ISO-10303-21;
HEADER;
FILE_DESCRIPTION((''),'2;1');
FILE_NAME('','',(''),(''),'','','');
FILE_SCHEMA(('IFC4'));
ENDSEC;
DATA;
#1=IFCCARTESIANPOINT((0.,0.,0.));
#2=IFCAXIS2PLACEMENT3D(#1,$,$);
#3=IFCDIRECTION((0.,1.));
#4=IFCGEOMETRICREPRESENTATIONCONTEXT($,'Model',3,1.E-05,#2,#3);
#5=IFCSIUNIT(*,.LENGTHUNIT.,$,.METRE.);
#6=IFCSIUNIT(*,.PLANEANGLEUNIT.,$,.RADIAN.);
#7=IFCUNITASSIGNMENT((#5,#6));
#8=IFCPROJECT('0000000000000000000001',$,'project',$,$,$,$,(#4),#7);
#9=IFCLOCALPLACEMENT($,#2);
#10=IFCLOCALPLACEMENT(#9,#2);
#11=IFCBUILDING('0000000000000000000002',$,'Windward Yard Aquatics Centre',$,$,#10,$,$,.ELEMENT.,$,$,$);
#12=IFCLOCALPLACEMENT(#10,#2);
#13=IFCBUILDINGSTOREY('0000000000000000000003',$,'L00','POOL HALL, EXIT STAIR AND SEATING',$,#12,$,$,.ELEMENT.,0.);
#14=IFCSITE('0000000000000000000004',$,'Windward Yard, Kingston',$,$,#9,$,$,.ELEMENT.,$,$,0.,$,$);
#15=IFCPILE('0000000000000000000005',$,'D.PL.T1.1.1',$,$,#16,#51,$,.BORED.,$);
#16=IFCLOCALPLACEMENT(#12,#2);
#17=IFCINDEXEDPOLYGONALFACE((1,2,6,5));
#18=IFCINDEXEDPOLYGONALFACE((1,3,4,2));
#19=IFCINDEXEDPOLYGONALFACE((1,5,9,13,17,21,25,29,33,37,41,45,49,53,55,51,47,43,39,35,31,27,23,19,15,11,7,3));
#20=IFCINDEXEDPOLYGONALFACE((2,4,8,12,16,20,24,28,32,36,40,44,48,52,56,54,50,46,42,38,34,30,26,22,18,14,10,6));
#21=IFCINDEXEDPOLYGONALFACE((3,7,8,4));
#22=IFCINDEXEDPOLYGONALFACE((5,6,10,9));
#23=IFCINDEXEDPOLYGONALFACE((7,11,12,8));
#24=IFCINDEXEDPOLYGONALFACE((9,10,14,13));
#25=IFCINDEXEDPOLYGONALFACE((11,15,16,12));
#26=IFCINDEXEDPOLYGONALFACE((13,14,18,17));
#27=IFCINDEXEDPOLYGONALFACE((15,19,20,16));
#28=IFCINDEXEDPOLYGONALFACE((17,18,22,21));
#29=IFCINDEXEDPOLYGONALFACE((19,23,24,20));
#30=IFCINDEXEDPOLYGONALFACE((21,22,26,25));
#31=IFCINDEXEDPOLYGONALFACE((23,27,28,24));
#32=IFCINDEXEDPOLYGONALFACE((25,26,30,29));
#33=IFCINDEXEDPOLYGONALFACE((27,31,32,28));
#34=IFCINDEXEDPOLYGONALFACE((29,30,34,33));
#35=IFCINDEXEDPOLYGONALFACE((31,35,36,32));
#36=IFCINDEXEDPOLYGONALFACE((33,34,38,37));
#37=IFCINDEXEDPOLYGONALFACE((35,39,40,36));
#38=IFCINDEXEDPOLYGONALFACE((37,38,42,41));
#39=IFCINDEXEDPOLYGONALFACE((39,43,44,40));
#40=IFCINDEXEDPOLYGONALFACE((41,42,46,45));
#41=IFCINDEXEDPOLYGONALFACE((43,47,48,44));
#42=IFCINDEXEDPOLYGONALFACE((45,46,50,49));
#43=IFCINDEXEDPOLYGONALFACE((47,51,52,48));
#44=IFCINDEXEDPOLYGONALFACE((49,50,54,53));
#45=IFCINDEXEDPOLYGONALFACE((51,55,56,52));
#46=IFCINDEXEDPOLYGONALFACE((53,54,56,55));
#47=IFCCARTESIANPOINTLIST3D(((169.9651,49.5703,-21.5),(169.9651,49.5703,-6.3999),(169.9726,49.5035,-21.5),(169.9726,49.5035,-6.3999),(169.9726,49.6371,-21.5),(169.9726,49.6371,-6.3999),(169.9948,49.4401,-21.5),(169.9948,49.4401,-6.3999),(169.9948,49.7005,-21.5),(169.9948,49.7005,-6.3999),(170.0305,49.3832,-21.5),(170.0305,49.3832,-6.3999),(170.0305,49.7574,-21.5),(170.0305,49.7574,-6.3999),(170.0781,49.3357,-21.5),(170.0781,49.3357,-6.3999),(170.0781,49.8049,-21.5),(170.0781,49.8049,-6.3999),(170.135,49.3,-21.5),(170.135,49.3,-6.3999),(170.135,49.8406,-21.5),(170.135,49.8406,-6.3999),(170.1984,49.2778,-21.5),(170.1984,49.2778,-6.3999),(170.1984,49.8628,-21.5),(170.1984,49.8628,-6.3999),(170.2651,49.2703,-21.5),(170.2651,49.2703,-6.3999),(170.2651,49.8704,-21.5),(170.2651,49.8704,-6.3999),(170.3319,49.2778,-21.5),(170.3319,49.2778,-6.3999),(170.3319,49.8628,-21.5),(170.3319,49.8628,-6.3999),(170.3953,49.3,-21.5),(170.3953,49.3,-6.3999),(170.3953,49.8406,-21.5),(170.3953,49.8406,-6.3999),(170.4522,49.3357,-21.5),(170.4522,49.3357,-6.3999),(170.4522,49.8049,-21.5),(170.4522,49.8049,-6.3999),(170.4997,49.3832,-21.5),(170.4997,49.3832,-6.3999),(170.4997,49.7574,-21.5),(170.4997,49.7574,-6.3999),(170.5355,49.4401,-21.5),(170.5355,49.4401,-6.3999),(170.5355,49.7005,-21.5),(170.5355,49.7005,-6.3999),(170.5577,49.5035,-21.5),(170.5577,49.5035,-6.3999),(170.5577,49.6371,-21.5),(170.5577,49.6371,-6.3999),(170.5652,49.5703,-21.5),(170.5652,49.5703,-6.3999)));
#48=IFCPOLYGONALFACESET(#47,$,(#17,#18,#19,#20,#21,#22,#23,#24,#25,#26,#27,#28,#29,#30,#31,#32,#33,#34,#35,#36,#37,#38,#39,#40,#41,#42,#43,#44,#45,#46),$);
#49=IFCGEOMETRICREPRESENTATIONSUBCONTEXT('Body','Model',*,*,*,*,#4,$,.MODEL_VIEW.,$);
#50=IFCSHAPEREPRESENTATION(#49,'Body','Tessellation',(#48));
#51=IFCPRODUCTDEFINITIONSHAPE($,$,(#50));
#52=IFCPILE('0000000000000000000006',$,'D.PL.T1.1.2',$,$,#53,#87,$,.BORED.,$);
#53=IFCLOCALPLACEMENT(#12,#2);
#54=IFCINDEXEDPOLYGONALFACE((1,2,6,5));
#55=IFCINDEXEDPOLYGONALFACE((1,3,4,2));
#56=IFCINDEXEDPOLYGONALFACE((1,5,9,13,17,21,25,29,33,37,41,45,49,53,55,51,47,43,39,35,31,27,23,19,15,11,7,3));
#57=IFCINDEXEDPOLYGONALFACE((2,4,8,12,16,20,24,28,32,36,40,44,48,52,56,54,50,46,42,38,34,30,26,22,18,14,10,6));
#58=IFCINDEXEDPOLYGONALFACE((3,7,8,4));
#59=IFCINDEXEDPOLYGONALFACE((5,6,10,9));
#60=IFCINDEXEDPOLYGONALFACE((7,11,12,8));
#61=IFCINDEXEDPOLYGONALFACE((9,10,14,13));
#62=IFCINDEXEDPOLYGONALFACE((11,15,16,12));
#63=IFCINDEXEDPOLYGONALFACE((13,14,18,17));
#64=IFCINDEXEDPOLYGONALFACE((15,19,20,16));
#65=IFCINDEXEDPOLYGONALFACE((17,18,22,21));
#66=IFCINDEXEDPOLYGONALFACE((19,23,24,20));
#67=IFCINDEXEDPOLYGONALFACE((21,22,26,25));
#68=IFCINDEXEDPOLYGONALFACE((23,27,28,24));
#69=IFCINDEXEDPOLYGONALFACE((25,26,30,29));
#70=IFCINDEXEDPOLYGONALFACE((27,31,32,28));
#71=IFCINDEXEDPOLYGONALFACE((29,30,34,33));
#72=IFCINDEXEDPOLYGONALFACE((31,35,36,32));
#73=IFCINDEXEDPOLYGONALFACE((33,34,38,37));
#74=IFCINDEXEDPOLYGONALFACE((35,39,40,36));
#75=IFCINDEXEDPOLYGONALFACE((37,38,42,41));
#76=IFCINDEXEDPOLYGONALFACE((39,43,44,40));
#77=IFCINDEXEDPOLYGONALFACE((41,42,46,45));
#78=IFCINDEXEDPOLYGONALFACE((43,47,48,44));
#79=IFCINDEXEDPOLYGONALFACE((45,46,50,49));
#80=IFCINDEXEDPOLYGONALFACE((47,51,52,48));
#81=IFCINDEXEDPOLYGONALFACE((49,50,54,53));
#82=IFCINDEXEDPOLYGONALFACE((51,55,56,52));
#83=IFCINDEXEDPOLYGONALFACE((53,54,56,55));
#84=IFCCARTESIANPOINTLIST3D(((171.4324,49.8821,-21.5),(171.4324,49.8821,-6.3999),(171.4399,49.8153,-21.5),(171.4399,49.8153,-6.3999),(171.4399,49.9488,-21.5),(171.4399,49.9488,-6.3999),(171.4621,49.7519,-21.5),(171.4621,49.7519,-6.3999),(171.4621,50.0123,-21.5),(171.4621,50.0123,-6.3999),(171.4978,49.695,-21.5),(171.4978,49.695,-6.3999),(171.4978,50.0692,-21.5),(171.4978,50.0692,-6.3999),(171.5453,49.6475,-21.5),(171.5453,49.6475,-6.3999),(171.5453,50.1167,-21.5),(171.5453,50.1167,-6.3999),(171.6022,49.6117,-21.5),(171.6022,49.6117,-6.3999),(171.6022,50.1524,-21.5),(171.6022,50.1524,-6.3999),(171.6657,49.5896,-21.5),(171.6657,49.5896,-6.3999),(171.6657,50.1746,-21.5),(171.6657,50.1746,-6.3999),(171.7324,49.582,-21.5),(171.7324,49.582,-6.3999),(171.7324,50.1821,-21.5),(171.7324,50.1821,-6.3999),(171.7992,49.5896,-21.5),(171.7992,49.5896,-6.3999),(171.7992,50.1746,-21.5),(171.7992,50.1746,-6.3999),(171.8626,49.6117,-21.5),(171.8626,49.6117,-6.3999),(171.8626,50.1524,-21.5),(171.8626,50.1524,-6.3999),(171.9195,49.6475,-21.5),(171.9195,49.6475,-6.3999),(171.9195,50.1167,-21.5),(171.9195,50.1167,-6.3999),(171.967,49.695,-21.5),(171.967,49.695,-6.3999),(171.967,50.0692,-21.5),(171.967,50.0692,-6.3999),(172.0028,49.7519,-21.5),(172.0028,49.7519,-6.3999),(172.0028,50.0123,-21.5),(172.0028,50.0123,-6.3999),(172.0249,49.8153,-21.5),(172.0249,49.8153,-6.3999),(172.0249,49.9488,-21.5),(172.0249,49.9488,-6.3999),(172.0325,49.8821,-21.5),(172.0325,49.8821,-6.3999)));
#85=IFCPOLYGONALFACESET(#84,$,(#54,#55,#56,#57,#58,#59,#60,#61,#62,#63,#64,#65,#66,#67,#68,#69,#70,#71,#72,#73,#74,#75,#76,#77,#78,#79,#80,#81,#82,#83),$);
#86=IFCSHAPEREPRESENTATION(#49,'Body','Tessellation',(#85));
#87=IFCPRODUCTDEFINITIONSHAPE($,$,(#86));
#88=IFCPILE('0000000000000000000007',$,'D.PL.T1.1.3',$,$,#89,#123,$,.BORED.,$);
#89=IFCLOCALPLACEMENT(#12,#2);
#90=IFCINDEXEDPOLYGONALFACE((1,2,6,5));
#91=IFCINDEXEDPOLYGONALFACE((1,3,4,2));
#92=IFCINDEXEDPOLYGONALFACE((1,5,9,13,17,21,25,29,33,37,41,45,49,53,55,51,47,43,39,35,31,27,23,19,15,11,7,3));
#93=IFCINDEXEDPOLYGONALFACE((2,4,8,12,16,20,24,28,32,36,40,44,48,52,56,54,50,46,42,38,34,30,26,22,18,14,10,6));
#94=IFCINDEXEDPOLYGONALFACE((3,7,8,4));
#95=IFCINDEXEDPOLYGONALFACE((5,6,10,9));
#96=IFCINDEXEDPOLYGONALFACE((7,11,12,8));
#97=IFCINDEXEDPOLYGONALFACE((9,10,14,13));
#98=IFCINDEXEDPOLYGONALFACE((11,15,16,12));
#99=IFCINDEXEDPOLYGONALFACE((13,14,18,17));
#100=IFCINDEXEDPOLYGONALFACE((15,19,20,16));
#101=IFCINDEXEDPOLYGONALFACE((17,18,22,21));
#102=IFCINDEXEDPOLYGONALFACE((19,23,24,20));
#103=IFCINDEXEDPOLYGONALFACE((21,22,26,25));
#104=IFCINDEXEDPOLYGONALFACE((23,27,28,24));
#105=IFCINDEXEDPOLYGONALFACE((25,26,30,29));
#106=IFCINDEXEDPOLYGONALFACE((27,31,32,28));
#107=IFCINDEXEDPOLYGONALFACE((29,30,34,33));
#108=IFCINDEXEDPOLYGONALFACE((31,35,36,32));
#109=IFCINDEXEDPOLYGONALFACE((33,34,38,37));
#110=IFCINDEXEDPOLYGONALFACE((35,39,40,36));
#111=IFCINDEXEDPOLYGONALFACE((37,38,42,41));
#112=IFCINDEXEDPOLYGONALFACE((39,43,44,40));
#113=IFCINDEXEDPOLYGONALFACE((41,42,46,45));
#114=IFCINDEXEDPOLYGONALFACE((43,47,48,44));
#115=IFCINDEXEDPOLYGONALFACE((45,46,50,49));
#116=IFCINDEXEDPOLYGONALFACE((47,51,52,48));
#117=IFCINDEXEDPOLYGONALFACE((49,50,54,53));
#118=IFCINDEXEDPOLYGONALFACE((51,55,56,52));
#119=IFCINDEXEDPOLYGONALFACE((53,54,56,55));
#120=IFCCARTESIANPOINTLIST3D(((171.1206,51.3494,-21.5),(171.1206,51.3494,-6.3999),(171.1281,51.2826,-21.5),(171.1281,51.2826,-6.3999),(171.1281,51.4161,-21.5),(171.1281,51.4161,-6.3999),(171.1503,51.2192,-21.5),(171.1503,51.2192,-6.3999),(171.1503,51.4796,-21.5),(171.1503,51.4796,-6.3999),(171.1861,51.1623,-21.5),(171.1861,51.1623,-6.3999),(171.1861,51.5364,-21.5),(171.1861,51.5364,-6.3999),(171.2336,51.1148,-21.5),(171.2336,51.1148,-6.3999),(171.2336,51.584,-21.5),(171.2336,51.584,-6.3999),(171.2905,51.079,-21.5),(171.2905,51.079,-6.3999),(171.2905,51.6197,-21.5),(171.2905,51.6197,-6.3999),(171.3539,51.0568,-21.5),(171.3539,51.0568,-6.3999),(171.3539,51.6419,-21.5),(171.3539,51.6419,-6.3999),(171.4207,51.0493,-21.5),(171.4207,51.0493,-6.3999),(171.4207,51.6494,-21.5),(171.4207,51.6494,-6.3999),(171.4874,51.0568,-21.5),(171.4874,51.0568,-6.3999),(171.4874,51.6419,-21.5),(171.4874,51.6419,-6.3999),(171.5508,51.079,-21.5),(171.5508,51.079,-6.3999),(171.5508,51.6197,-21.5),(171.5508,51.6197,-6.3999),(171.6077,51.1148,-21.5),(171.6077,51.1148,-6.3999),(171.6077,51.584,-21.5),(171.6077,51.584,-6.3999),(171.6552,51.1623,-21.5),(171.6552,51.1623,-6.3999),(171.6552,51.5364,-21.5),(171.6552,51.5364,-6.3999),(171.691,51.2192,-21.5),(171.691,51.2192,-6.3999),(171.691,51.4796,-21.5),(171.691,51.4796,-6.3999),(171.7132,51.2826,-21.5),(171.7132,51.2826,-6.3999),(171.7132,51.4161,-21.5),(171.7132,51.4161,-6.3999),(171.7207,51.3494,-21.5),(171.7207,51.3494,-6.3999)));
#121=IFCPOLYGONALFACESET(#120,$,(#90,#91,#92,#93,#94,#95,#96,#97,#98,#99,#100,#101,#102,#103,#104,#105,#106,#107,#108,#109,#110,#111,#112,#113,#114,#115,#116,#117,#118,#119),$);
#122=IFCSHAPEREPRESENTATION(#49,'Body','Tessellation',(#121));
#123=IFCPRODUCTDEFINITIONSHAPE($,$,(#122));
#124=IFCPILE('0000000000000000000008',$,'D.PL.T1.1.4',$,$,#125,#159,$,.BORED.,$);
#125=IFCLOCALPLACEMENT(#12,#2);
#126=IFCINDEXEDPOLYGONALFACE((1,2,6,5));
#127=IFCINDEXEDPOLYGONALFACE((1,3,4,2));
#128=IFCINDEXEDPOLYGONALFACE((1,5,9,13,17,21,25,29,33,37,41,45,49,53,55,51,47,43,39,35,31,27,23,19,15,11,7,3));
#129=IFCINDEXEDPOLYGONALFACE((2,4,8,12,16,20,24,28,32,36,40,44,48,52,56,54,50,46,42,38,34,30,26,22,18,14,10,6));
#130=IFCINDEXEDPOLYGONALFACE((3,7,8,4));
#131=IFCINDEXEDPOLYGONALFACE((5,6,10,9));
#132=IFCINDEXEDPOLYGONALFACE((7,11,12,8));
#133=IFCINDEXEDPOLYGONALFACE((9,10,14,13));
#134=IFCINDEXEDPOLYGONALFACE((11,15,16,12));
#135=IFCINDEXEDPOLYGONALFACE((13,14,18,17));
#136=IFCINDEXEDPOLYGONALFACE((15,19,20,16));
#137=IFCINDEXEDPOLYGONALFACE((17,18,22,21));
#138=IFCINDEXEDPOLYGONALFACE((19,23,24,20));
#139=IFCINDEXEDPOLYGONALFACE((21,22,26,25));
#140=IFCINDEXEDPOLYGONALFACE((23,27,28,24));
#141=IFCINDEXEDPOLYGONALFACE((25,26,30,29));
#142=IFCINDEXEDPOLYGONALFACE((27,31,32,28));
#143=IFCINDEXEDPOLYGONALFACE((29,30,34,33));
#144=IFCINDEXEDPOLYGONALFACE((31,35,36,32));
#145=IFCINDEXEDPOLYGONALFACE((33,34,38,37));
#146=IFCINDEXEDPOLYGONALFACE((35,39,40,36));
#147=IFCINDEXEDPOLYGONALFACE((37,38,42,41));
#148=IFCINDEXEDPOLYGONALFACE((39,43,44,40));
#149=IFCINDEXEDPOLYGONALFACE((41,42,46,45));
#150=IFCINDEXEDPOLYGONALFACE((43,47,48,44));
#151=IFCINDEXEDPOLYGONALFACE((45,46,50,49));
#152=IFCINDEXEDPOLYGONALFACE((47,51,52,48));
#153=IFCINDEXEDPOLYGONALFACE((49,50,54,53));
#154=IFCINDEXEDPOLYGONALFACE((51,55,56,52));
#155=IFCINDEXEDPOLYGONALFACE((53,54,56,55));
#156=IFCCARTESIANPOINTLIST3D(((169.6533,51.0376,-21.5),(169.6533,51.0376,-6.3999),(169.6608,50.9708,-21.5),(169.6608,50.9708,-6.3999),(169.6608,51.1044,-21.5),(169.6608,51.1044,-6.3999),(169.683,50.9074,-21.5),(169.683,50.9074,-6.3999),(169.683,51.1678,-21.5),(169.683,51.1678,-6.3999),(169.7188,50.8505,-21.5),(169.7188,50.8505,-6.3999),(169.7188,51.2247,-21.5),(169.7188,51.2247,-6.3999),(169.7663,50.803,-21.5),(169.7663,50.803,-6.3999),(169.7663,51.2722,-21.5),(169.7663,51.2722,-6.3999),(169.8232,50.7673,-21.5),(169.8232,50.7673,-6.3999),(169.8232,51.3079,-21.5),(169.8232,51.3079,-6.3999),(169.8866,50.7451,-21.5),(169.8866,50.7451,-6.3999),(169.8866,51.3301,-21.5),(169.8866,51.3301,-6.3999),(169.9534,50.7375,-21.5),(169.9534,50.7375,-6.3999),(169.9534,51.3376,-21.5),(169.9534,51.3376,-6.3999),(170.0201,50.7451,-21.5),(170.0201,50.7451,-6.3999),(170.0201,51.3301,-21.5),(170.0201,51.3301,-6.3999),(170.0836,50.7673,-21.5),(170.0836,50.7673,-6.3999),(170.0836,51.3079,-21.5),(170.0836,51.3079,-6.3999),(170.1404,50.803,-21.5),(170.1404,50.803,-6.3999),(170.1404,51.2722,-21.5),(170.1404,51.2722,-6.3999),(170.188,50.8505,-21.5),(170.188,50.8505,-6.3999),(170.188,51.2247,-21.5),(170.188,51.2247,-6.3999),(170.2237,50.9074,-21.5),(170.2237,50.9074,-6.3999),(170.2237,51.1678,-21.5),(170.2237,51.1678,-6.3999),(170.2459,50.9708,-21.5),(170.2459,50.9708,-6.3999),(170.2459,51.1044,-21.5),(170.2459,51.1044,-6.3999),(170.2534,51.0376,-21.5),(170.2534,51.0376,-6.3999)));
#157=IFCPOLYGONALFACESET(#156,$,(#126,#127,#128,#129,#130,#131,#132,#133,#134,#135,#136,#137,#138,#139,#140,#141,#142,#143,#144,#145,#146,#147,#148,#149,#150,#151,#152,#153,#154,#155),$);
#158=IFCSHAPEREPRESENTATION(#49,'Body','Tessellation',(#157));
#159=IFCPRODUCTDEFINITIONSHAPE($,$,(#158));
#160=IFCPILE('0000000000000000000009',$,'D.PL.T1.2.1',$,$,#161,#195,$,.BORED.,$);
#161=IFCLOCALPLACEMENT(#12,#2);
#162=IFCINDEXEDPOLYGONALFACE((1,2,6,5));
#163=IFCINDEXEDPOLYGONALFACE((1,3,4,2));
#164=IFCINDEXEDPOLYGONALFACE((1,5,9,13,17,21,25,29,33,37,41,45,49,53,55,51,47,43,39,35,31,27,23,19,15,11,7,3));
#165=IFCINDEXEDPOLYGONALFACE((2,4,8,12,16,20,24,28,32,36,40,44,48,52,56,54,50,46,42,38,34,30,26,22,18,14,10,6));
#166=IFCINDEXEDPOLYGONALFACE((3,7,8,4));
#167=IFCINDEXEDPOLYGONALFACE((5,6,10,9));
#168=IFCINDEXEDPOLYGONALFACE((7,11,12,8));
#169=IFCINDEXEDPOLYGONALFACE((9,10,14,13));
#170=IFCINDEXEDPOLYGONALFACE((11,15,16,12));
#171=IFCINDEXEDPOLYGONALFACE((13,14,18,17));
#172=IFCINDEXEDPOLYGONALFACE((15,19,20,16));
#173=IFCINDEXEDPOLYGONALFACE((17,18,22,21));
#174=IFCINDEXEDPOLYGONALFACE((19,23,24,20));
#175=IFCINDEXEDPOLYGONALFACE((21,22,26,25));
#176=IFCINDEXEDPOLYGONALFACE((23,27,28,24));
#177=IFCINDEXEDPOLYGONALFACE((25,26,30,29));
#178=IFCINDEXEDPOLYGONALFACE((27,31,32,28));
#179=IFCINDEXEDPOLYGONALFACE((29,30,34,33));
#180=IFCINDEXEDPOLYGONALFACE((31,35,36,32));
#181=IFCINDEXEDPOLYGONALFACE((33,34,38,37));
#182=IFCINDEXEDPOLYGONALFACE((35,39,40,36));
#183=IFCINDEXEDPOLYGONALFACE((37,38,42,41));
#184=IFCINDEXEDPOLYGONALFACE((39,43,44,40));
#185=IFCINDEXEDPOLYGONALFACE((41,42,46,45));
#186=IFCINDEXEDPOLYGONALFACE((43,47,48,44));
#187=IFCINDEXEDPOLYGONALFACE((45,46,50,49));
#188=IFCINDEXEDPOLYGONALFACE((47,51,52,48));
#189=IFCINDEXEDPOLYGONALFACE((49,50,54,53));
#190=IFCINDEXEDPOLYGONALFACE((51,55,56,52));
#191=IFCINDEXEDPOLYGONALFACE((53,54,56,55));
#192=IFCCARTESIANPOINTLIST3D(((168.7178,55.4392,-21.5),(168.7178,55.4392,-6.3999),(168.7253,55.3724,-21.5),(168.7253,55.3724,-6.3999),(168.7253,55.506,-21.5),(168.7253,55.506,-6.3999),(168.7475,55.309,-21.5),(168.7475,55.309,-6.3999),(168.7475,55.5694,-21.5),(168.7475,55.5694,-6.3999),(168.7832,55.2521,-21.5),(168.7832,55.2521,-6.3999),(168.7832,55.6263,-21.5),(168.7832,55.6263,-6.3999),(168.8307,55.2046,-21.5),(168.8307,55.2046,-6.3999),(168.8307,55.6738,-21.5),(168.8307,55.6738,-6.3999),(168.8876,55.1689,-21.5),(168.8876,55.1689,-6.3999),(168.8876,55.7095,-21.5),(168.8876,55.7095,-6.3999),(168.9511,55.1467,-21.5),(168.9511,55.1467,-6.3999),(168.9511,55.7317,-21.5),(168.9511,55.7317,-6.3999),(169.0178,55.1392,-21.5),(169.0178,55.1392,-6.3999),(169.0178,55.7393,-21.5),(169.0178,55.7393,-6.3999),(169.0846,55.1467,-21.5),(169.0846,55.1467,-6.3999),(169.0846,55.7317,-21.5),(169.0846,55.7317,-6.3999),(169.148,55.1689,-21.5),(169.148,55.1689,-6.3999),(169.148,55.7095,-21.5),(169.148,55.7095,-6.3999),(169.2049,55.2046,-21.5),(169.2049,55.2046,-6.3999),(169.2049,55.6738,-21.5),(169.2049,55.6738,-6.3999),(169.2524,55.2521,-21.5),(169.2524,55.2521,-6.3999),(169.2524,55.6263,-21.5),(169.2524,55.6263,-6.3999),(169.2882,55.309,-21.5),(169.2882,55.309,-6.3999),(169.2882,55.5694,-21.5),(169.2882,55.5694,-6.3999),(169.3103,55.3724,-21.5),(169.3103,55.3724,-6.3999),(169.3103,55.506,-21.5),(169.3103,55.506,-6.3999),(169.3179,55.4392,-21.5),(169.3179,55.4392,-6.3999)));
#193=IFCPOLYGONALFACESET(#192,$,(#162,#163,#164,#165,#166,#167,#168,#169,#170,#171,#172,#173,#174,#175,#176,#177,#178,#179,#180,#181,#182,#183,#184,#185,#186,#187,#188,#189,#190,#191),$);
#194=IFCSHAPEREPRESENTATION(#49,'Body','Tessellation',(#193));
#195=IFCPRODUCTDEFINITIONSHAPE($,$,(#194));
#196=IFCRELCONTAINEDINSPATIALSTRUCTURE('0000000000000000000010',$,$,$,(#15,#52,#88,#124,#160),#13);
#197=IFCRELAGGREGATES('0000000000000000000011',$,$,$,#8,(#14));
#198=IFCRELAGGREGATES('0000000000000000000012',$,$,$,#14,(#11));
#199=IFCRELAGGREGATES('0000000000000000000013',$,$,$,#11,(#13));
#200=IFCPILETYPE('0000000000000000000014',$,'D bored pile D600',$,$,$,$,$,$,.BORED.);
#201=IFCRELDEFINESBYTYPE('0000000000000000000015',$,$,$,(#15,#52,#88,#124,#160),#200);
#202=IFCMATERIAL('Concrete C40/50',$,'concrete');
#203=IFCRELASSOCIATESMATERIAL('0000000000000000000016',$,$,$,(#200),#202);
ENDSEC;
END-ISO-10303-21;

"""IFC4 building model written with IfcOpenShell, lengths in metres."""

from ifc_helpers import new_model, si_unit, direction, frame, origin, origin_2d, place, context, subcontext, project, spatial, circle, extrude, material, material_profile, profile_set, type_object, element, save


model = new_model("IFC4")

# Units and contexts
model_context = context("Model", 3, precision=1e-05, world=origin(), true_north=direction((0.0, 1.0)))
body_context = subcontext(model_context, "Body", "Model", "MODEL_VIEW")
ifc_project = project(units=[si_unit("LENGTHUNIT", "METRE"), si_unit("PLANEANGLEUNIT", "RADIAN")], contexts=[model_context])

# Site, building, storey
site_placement = place(None, origin())
site = spatial("IfcSite", under=ifc_project, at=site_placement, Name="Windward Yard, Kingston", CompositionType="ELEMENT", RefElevation=0.0)
building_placement = place(site_placement, origin())
building = spatial("IfcBuilding", under=site, at=building_placement, Name="Windward Yard Aquatics Centre", CompositionType="ELEMENT")
storey_placement = place(building_placement, origin())
storey = spatial("IfcBuildingStorey", under=building, at=storey_placement, Name="L00", Description="POOL HALL, EXIT STAIR AND SEATING", CompositionType="ELEMENT", Elevation=0.0)

# Piles
ifc_material_1 = material(Name="Concrete C40/50", Category="concrete")
ifc_material_profile_1 = material_profile(ifc_material_1, circle(Radius=0.3, at=origin_2d()), Name="RC D600")
ifc_profile_set_1 = profile_set([ifc_material_profile_1], Name="Concrete C40/50")
pile_type = type_object("IfcPileType", Name="D bored pile D600", PredefinedType="BORED", material=ifc_profile_set_1)
for number, where, z_axis, x_axis, name in (
    (1, (170.2651, 49.5703, -6.3999), (0.0, 0.0, -1.0), (1.0, 0.0, 0.0), "D.PL.T1.1.1"),
    (2, (171.7324, 49.8821, -6.3999), (0.0, 0.0, -1.0), (1.0, 0.0, 0.0), "D.PL.T1.1.2"),
    (3, (171.4207, 51.3494, -6.3999), (0.0, 0.0, -1.0), (1.0, 0.0, 0.0), "D.PL.T1.1.3"),
    (4, (169.9534, 51.0376, -6.3999), (0.0, 0.0, -1.0), (1.0, 0.0, 0.0), "D.PL.T1.1.4"),
    (5, (169.0178, 55.4392, -6.3999), (0.0, 0.0, -1.0), (1.0, 0.0, 0.0), "D.PL.T1.2.1"),
):
    element("IfcPile", number, at=place(storey_placement, frame(where, z_axis=z_axis, x_axis=x_axis)), inside=storey, type_object=pile_type, Name=name, PredefinedType="BORED", context=body_context, shape_type="SweptSolid", body=[
        extrude(circle(Radius=0.3, at=origin_2d()), origin(), (0.0, 0.0, 1.0), 15.1001),
    ])

save(model, "model.ifc")
